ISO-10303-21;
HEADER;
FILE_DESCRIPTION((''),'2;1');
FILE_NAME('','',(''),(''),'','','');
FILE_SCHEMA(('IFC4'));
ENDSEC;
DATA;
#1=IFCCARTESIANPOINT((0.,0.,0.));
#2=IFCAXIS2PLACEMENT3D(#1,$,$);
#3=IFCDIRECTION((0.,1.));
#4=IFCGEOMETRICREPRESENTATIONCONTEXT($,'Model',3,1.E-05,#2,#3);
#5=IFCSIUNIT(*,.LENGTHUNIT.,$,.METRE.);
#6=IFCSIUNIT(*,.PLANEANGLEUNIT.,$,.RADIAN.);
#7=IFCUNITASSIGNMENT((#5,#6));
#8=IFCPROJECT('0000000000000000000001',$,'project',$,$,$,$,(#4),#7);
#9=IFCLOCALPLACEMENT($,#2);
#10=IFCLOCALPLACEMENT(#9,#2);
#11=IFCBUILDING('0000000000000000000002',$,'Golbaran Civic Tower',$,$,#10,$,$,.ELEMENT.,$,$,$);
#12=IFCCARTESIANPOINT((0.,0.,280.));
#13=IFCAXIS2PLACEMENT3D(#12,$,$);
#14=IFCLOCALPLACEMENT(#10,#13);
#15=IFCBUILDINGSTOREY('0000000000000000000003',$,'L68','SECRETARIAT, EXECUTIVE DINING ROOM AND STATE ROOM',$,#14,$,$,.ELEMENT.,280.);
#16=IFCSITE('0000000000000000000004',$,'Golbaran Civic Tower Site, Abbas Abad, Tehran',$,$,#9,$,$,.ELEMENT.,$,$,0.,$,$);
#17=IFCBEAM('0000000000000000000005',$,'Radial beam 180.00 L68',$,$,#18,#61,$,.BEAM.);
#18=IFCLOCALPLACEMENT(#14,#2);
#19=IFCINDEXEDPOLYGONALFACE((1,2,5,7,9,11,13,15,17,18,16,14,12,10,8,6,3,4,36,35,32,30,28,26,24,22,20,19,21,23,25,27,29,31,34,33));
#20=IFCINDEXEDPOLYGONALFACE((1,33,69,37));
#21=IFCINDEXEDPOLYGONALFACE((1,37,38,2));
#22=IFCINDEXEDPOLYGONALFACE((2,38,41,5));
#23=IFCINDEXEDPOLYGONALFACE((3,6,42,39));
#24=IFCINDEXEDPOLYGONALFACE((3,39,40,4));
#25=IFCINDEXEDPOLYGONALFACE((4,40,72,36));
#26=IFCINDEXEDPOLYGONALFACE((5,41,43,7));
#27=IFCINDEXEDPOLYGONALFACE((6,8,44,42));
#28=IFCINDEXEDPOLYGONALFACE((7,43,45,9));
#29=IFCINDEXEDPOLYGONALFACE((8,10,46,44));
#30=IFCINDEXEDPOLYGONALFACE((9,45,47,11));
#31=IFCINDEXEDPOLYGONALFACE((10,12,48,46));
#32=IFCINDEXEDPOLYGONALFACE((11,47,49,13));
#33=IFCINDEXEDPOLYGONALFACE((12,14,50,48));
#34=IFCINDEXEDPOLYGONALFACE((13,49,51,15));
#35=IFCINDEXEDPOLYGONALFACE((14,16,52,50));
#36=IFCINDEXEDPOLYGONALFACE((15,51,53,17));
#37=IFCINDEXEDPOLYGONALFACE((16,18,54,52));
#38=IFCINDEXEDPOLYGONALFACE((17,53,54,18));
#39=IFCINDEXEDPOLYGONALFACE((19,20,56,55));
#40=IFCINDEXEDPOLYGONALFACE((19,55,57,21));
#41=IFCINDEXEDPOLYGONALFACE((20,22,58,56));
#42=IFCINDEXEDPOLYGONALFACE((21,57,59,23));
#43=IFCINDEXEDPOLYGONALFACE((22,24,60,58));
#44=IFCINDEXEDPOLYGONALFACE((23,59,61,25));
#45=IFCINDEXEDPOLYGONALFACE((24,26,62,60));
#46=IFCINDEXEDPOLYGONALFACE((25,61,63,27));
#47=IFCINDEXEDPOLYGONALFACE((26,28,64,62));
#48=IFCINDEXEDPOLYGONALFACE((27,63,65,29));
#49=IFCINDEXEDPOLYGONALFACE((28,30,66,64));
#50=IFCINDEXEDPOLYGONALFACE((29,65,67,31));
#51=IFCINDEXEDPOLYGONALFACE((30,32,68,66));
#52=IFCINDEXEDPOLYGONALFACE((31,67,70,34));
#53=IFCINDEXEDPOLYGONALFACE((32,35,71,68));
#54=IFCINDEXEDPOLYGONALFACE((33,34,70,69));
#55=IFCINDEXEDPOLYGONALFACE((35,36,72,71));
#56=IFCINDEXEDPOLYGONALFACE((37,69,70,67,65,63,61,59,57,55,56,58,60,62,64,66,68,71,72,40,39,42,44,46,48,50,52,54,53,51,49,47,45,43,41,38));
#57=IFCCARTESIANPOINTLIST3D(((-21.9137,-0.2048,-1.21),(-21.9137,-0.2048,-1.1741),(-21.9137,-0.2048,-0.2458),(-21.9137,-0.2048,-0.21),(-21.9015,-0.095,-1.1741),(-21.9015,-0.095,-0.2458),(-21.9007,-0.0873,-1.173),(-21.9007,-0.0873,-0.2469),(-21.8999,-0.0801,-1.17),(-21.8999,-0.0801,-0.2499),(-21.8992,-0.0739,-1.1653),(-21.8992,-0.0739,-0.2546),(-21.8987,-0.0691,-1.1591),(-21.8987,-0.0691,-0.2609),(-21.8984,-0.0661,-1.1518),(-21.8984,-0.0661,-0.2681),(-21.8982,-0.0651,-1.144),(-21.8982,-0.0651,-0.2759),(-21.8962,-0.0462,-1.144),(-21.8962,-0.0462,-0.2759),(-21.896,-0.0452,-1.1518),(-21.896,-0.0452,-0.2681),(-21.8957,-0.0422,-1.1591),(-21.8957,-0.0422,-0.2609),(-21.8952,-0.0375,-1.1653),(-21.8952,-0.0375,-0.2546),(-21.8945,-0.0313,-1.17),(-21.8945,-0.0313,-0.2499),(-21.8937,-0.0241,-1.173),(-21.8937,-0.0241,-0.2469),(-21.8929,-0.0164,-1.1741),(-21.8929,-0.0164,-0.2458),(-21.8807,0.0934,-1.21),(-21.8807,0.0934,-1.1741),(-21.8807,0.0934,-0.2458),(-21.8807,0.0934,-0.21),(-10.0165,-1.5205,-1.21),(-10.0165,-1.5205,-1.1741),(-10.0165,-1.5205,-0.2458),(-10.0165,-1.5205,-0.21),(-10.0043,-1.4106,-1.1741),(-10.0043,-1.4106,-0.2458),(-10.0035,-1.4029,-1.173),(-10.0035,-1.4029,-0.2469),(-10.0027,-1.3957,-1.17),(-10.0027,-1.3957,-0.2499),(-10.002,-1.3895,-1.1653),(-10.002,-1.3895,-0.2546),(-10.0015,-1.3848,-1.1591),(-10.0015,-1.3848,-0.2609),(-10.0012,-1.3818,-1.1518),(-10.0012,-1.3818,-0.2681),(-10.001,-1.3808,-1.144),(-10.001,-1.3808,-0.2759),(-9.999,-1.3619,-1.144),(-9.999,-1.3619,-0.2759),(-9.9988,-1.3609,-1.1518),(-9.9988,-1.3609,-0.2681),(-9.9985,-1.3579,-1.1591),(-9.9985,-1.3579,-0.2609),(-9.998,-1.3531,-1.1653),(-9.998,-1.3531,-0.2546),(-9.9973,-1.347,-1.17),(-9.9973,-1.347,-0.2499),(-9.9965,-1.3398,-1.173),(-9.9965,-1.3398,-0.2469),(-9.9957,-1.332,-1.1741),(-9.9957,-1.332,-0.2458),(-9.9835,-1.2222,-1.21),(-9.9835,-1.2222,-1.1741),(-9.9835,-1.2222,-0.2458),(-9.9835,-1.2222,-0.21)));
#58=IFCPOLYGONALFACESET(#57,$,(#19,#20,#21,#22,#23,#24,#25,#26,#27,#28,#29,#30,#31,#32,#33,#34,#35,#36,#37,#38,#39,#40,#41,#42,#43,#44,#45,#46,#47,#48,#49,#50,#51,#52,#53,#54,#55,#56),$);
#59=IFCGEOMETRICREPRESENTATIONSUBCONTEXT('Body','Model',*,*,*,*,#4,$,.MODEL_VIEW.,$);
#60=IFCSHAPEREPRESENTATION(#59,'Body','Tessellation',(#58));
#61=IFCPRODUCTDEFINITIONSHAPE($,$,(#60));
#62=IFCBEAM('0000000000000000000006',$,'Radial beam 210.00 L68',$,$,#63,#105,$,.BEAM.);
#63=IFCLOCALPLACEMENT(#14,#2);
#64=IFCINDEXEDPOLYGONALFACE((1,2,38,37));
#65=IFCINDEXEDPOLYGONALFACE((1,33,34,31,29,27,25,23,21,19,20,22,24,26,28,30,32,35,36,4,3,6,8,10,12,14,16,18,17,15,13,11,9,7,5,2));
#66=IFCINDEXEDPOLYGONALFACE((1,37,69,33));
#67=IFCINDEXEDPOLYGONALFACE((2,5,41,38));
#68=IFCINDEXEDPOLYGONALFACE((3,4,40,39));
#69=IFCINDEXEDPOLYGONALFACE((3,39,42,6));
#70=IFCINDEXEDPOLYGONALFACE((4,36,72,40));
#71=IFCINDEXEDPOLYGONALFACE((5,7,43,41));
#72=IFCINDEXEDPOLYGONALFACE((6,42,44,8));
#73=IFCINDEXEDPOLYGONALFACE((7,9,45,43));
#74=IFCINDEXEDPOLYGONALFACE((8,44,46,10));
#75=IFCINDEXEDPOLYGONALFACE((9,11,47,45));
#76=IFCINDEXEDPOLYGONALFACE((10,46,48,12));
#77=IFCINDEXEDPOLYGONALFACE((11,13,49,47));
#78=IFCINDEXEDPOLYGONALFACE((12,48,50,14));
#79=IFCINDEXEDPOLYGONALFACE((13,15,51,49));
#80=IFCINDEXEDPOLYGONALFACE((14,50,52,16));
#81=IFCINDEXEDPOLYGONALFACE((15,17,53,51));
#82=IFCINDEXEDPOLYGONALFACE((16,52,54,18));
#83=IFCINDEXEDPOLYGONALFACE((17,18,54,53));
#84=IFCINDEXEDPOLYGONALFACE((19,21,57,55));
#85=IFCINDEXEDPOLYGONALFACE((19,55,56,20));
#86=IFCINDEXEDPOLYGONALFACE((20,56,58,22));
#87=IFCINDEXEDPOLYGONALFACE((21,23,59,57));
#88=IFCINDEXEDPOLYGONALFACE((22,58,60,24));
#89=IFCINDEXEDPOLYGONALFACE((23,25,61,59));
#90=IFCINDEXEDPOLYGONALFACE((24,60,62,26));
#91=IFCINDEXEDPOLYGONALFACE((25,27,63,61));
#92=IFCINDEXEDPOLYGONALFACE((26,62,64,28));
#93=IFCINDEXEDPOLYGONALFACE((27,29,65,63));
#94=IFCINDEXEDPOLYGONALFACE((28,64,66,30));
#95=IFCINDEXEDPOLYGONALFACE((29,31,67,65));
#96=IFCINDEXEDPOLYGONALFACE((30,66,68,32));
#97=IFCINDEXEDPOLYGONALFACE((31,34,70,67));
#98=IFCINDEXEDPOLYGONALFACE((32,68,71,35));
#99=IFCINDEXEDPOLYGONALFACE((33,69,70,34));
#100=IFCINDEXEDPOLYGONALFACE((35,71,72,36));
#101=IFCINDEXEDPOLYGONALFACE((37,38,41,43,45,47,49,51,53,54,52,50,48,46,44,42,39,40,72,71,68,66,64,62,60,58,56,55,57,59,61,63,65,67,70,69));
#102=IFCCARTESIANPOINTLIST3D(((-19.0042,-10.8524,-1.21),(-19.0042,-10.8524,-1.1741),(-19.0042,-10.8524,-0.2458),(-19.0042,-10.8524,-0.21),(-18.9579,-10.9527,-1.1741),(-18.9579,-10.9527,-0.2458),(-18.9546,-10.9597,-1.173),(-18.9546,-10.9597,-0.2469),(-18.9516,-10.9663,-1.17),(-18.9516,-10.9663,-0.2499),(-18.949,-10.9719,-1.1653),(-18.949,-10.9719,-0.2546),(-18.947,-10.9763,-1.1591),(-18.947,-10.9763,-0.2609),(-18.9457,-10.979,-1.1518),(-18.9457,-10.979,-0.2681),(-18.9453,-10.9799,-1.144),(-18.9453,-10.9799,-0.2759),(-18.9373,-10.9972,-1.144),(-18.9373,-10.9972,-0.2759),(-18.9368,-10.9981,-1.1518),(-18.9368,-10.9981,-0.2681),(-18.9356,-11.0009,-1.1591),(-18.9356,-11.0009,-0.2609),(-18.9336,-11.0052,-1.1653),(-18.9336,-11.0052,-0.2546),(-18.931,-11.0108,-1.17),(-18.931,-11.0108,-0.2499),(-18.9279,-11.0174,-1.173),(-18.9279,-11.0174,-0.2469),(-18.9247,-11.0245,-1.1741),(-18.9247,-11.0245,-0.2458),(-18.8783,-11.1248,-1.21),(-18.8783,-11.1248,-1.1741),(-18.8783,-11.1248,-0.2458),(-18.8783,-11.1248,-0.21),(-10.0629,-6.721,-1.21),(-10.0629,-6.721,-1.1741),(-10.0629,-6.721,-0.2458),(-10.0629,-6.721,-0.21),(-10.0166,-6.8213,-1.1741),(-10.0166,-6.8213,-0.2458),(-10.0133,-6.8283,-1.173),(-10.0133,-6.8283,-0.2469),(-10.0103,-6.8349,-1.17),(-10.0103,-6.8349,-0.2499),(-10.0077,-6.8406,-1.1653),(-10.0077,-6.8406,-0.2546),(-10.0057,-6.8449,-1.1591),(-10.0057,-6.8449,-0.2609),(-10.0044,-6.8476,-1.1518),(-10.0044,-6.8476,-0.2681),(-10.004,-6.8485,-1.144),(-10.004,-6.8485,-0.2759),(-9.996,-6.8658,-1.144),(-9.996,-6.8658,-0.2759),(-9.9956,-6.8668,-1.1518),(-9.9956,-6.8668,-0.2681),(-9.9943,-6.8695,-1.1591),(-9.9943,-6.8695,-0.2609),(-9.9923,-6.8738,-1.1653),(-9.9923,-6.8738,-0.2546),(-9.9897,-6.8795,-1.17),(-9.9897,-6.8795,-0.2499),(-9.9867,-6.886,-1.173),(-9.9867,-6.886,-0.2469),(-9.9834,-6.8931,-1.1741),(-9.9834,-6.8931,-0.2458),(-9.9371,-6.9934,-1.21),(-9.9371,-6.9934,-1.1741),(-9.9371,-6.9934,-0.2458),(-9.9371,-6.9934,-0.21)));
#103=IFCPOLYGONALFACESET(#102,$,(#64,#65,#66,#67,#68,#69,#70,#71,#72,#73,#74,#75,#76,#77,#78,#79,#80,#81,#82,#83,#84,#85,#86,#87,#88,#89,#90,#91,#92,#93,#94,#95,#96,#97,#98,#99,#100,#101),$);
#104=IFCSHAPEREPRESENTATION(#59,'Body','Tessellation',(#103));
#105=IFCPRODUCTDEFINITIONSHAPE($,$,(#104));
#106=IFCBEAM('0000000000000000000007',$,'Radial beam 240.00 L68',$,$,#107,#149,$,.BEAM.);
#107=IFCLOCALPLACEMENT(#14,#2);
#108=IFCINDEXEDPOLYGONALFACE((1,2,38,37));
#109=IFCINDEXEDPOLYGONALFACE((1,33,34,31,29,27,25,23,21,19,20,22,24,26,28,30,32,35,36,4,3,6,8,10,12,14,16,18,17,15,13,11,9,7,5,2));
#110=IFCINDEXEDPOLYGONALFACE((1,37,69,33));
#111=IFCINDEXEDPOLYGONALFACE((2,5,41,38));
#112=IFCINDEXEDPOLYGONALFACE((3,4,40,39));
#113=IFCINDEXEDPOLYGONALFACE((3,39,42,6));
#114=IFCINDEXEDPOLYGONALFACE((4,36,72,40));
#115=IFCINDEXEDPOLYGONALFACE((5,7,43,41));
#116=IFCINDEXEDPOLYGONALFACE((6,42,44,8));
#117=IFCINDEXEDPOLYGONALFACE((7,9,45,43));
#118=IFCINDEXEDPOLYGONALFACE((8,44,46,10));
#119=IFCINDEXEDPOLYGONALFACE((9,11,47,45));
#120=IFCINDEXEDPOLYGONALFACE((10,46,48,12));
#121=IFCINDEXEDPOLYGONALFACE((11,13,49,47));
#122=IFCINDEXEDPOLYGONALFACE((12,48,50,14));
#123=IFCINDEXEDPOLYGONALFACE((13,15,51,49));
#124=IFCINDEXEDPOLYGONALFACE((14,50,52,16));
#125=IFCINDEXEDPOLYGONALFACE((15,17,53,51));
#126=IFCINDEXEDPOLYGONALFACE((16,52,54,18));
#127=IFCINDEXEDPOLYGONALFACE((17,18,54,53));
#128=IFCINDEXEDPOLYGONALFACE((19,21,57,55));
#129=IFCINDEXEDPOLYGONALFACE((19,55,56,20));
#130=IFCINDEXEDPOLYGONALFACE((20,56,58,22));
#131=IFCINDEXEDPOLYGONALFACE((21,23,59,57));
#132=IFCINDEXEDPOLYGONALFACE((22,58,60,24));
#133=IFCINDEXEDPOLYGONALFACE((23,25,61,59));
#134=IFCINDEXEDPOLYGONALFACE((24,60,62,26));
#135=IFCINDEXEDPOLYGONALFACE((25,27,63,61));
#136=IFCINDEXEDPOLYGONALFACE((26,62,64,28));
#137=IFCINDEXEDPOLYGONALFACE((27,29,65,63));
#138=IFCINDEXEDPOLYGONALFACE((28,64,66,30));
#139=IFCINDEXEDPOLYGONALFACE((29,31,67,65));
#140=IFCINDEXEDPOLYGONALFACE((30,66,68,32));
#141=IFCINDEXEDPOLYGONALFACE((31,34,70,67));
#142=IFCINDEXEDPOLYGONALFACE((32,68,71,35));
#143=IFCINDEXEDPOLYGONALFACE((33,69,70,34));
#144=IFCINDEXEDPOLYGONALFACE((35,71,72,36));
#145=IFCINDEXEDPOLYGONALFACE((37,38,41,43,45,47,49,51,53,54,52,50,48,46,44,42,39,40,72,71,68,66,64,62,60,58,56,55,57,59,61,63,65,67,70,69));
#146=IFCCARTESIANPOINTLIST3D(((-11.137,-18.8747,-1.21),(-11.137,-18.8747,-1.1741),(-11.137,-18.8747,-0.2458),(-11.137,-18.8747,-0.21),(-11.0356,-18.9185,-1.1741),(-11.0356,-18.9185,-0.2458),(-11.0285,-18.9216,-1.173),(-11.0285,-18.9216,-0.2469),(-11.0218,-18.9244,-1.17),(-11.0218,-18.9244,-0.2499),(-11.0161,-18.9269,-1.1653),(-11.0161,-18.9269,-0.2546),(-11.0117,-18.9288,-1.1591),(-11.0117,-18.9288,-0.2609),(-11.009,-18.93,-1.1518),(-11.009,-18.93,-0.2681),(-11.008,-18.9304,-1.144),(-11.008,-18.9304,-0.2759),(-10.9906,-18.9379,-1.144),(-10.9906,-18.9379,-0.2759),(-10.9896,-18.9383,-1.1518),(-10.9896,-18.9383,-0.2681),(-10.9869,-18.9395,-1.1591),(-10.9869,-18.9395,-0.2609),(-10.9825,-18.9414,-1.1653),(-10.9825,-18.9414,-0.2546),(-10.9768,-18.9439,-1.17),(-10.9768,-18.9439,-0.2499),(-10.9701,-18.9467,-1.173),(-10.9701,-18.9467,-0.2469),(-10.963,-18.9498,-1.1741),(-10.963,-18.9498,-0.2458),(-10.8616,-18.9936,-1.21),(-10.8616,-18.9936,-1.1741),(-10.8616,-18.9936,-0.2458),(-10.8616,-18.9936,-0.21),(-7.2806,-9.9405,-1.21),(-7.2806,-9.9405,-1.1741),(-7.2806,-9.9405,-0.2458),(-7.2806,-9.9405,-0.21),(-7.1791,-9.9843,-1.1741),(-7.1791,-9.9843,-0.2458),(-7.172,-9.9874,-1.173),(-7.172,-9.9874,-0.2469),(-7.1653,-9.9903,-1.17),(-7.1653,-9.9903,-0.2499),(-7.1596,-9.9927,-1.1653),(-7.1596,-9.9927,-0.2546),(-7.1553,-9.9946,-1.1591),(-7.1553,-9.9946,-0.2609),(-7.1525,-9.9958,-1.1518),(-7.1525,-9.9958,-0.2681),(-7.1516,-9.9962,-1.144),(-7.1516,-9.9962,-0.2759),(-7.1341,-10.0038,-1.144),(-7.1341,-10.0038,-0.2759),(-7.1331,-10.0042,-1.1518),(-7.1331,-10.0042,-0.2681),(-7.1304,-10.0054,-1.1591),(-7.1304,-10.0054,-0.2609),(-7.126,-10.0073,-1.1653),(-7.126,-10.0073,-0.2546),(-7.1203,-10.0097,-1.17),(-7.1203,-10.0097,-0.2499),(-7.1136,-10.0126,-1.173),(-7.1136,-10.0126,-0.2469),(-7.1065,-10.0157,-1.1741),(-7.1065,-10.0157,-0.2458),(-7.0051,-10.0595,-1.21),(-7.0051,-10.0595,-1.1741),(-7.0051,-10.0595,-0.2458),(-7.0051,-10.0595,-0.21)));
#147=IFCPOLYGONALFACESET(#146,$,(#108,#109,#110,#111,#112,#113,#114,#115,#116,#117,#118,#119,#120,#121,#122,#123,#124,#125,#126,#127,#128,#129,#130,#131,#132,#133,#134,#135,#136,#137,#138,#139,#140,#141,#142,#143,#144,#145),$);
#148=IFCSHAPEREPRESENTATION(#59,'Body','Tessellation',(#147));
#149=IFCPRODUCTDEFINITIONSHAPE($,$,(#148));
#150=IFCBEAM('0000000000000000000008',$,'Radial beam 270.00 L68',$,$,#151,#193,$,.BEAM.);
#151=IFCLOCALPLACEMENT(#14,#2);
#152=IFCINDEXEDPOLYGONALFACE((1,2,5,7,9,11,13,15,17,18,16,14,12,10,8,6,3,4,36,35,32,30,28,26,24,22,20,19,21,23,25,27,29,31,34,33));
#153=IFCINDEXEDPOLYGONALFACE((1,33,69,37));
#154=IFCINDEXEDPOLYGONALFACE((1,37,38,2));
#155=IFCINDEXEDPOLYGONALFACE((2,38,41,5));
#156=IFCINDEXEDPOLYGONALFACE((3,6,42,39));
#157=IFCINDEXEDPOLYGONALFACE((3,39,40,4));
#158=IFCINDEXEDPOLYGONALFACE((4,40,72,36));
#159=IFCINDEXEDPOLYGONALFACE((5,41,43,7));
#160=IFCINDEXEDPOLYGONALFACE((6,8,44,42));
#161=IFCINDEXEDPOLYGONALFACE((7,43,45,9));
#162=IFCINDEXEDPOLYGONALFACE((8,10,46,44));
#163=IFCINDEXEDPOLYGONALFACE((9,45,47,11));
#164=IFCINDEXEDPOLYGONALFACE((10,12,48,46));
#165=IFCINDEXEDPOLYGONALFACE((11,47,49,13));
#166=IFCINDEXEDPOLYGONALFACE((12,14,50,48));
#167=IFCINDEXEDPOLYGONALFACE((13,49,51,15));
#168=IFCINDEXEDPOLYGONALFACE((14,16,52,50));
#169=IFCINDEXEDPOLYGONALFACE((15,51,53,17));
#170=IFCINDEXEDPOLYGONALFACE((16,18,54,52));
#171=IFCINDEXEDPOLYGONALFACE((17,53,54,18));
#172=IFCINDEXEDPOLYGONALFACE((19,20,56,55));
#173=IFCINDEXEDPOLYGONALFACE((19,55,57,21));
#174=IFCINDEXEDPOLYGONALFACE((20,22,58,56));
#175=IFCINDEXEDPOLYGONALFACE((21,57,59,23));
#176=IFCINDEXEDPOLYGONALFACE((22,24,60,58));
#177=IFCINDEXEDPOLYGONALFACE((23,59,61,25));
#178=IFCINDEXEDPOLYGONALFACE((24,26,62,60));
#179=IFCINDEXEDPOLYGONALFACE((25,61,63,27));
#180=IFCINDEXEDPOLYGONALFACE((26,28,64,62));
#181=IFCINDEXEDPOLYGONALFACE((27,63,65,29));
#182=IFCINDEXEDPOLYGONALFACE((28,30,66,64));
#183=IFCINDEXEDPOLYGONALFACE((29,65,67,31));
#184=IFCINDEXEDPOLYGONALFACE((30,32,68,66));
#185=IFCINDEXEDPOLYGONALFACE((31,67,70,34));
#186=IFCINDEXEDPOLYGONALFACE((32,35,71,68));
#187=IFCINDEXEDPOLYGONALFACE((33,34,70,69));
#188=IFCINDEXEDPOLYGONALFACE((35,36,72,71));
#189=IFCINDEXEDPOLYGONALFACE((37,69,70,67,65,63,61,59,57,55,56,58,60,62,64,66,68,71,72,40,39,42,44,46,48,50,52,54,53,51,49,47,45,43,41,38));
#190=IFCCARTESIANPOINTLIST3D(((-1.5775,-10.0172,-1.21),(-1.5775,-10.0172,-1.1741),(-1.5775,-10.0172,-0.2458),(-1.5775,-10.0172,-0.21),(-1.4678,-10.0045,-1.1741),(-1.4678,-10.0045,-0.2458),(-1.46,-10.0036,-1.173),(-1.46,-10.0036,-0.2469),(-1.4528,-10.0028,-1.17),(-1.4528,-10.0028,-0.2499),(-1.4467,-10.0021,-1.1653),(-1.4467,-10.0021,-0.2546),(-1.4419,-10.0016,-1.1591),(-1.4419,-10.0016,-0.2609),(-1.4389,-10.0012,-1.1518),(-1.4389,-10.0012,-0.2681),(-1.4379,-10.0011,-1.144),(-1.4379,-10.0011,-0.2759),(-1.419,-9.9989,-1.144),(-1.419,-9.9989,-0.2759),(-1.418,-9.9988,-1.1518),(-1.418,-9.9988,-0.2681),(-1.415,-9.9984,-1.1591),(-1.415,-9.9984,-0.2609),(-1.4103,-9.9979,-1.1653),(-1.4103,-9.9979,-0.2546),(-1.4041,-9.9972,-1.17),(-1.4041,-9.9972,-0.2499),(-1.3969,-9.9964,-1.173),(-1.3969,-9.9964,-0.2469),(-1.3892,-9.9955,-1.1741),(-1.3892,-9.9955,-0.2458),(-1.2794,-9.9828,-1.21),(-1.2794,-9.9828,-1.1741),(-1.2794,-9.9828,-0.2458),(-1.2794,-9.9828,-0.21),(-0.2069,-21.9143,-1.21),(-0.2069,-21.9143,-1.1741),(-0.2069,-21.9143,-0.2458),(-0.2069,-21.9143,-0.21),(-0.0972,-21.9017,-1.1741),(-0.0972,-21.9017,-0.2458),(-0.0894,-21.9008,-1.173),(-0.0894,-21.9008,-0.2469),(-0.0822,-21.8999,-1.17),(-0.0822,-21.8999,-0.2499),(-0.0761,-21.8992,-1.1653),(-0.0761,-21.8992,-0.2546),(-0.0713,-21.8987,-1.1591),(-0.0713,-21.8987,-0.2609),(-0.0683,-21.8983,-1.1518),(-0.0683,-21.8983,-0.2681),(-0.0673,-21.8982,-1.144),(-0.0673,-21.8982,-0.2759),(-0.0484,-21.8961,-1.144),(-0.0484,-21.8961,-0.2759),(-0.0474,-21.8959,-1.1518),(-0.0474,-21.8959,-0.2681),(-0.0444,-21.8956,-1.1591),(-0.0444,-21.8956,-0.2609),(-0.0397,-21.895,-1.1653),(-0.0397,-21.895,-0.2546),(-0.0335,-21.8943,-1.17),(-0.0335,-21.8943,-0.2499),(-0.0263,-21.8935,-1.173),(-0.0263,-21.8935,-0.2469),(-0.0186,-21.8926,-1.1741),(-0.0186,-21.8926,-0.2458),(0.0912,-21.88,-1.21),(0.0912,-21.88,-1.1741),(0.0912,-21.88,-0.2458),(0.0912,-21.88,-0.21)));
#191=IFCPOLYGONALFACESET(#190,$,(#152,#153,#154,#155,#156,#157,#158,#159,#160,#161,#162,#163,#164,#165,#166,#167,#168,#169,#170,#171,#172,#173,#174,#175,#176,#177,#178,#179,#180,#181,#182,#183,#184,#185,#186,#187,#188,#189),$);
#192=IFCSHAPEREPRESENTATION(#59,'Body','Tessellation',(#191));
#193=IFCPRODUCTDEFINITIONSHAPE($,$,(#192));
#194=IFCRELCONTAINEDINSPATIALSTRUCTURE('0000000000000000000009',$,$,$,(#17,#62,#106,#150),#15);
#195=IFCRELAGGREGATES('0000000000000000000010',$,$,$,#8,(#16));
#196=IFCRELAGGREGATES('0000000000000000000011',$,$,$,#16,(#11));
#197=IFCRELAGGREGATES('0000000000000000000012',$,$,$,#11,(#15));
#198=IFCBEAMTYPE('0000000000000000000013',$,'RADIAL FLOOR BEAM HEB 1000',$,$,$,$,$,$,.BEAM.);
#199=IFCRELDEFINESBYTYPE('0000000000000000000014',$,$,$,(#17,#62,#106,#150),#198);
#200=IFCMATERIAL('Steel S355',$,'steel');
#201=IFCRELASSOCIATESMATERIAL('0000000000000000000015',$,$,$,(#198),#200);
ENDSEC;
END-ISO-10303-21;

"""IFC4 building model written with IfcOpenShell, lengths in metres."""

from ifc_helpers import new_model, si_unit, direction, frame, origin, origin_2d, place, context, subcontext, project, spatial, i_section, extrude, material, material_profile, profile_set, type_object, element, save


model = new_model("IFC4")

# Units and contexts
model_context = context("Model", 3, precision=1e-05, world=origin(), true_north=direction((0.0, 1.0)))
body_context = subcontext(model_context, "Body", "Model", "MODEL_VIEW")
ifc_project = project(units=[si_unit("LENGTHUNIT", "METRE"), si_unit("PLANEANGLEUNIT", "RADIAN")], contexts=[model_context])

# Site, building, storey
site_placement = place(None, origin())
site = spatial("IfcSite", under=ifc_project, at=site_placement, Name="Golbaran Civic Tower Site, Abbas Abad, Tehran", CompositionType="ELEMENT", RefElevation=0.0)
building_placement = place(site_placement, origin())
building = spatial("IfcBuilding", under=site, at=building_placement, Name="Golbaran Civic Tower", CompositionType="ELEMENT")
storey_placement = place(building_placement, frame((0.0, 0.0, 280.0)))
storey = spatial("IfcBuildingStorey", under=building, at=storey_placement, Name="L68", Description="SECRETARIAT, EXECUTIVE DINING ROOM AND STATE ROOM", CompositionType="ELEMENT", Elevation=280.0)

# Beams
ifc_material_1 = material(Name="Steel S355", Category="steel")
ifc_material_profile_1 = material_profile(ifc_material_1, i_section(OverallWidth=0.3, OverallDepth=1.0, WebThickness=0.019, FlangeThickness=0.0359, FilletRadius=0.03, at=origin_2d()), Name="HEB 1000")
ifc_profile_set_1 = profile_set([ifc_material_profile_1], Name="Steel S355")
beam_type_1 = type_object("IfcBeamType", Name="RADIAL FLOOR BEAM HEB 1000", PredefinedType="BEAM", material=ifc_profile_set_1)
beam_1_placement = place(storey_placement, frame((-10.0, -1.3713, -0.71), z_axis=(-0.993941, 0.109917, 0.0), x_axis=(-0.109917, -0.993941, 0.0)))
element("IfcBeam", 1, at=beam_1_placement, inside=storey, type_object=beam_type_1, Name="Radial beam 180.00 L68", PredefinedType="BEAM", context=body_context, shape_type="SweptSolid", body=[
    extrude(i_section(OverallWidth=0.3, OverallDepth=1.0, WebThickness=0.019, FlangeThickness=0.0359, FilletRadius=0.03, at=origin_2d()), origin(), (0.0, 0.0, 1.0), 11.9697),
])
beam_2_placement = place(storey_placement, frame((-10.0, -6.8572, -0.71), z_axis=(-0.907779, -0.419448, 0.0), x_axis=(0.419448, -0.907779, 0.0)))
element("IfcBeam", 2, at=beam_2_placement, inside=storey, type_object=beam_type_1, Name="Radial beam 210.00 L68", PredefinedType="BEAM", context=body_context, shape_type="SweptSolid", body=[
    extrude(i_section(OverallWidth=0.3, OverallDepth=1.0, WebThickness=0.019, FlangeThickness=0.0359, FilletRadius=0.03, at=origin_2d()), origin(), (0.0, 0.0, 1.0), 9.8496),
])
beam_3_placement = place(storey_placement, frame((-7.1428, -10.0, -0.71), z_axis=(-0.39631, -0.918117, 0.0), x_axis=(0.918117, -0.39631, 0.0)))
element("IfcBeam", 3, at=beam_3_placement, inside=storey, type_object=beam_type_1, Name="Radial beam 240.00 L68", PredefinedType="BEAM", context=body_context, shape_type="SweptSolid", body=[
    extrude(i_section(OverallWidth=0.3, OverallDepth=1.0, WebThickness=0.019, FlangeThickness=0.0359, FilletRadius=0.03, at=origin_2d()), origin(), (0.0, 0.0, 1.0), 9.731),
])
beam_4_placement = place(storey_placement, frame((-1.4285, -10.0, -0.71), z_axis=(0.114447, -0.993429, 0.0), x_axis=(0.993429, 0.114447, 0.0)))
element("IfcBeam", 4, at=beam_4_placement, inside=storey, type_object=beam_type_1, Name="Radial beam 270.00 L68", PredefinedType="BEAM", context=body_context, shape_type="SweptSolid", body=[
    extrude(i_section(OverallWidth=0.3, OverallDepth=1.0, WebThickness=0.019, FlangeThickness=0.0359, FilletRadius=0.03, at=origin_2d()), origin(), (0.0, 0.0, 1.0), 11.9758),
])

save(model, "model.ifc")
